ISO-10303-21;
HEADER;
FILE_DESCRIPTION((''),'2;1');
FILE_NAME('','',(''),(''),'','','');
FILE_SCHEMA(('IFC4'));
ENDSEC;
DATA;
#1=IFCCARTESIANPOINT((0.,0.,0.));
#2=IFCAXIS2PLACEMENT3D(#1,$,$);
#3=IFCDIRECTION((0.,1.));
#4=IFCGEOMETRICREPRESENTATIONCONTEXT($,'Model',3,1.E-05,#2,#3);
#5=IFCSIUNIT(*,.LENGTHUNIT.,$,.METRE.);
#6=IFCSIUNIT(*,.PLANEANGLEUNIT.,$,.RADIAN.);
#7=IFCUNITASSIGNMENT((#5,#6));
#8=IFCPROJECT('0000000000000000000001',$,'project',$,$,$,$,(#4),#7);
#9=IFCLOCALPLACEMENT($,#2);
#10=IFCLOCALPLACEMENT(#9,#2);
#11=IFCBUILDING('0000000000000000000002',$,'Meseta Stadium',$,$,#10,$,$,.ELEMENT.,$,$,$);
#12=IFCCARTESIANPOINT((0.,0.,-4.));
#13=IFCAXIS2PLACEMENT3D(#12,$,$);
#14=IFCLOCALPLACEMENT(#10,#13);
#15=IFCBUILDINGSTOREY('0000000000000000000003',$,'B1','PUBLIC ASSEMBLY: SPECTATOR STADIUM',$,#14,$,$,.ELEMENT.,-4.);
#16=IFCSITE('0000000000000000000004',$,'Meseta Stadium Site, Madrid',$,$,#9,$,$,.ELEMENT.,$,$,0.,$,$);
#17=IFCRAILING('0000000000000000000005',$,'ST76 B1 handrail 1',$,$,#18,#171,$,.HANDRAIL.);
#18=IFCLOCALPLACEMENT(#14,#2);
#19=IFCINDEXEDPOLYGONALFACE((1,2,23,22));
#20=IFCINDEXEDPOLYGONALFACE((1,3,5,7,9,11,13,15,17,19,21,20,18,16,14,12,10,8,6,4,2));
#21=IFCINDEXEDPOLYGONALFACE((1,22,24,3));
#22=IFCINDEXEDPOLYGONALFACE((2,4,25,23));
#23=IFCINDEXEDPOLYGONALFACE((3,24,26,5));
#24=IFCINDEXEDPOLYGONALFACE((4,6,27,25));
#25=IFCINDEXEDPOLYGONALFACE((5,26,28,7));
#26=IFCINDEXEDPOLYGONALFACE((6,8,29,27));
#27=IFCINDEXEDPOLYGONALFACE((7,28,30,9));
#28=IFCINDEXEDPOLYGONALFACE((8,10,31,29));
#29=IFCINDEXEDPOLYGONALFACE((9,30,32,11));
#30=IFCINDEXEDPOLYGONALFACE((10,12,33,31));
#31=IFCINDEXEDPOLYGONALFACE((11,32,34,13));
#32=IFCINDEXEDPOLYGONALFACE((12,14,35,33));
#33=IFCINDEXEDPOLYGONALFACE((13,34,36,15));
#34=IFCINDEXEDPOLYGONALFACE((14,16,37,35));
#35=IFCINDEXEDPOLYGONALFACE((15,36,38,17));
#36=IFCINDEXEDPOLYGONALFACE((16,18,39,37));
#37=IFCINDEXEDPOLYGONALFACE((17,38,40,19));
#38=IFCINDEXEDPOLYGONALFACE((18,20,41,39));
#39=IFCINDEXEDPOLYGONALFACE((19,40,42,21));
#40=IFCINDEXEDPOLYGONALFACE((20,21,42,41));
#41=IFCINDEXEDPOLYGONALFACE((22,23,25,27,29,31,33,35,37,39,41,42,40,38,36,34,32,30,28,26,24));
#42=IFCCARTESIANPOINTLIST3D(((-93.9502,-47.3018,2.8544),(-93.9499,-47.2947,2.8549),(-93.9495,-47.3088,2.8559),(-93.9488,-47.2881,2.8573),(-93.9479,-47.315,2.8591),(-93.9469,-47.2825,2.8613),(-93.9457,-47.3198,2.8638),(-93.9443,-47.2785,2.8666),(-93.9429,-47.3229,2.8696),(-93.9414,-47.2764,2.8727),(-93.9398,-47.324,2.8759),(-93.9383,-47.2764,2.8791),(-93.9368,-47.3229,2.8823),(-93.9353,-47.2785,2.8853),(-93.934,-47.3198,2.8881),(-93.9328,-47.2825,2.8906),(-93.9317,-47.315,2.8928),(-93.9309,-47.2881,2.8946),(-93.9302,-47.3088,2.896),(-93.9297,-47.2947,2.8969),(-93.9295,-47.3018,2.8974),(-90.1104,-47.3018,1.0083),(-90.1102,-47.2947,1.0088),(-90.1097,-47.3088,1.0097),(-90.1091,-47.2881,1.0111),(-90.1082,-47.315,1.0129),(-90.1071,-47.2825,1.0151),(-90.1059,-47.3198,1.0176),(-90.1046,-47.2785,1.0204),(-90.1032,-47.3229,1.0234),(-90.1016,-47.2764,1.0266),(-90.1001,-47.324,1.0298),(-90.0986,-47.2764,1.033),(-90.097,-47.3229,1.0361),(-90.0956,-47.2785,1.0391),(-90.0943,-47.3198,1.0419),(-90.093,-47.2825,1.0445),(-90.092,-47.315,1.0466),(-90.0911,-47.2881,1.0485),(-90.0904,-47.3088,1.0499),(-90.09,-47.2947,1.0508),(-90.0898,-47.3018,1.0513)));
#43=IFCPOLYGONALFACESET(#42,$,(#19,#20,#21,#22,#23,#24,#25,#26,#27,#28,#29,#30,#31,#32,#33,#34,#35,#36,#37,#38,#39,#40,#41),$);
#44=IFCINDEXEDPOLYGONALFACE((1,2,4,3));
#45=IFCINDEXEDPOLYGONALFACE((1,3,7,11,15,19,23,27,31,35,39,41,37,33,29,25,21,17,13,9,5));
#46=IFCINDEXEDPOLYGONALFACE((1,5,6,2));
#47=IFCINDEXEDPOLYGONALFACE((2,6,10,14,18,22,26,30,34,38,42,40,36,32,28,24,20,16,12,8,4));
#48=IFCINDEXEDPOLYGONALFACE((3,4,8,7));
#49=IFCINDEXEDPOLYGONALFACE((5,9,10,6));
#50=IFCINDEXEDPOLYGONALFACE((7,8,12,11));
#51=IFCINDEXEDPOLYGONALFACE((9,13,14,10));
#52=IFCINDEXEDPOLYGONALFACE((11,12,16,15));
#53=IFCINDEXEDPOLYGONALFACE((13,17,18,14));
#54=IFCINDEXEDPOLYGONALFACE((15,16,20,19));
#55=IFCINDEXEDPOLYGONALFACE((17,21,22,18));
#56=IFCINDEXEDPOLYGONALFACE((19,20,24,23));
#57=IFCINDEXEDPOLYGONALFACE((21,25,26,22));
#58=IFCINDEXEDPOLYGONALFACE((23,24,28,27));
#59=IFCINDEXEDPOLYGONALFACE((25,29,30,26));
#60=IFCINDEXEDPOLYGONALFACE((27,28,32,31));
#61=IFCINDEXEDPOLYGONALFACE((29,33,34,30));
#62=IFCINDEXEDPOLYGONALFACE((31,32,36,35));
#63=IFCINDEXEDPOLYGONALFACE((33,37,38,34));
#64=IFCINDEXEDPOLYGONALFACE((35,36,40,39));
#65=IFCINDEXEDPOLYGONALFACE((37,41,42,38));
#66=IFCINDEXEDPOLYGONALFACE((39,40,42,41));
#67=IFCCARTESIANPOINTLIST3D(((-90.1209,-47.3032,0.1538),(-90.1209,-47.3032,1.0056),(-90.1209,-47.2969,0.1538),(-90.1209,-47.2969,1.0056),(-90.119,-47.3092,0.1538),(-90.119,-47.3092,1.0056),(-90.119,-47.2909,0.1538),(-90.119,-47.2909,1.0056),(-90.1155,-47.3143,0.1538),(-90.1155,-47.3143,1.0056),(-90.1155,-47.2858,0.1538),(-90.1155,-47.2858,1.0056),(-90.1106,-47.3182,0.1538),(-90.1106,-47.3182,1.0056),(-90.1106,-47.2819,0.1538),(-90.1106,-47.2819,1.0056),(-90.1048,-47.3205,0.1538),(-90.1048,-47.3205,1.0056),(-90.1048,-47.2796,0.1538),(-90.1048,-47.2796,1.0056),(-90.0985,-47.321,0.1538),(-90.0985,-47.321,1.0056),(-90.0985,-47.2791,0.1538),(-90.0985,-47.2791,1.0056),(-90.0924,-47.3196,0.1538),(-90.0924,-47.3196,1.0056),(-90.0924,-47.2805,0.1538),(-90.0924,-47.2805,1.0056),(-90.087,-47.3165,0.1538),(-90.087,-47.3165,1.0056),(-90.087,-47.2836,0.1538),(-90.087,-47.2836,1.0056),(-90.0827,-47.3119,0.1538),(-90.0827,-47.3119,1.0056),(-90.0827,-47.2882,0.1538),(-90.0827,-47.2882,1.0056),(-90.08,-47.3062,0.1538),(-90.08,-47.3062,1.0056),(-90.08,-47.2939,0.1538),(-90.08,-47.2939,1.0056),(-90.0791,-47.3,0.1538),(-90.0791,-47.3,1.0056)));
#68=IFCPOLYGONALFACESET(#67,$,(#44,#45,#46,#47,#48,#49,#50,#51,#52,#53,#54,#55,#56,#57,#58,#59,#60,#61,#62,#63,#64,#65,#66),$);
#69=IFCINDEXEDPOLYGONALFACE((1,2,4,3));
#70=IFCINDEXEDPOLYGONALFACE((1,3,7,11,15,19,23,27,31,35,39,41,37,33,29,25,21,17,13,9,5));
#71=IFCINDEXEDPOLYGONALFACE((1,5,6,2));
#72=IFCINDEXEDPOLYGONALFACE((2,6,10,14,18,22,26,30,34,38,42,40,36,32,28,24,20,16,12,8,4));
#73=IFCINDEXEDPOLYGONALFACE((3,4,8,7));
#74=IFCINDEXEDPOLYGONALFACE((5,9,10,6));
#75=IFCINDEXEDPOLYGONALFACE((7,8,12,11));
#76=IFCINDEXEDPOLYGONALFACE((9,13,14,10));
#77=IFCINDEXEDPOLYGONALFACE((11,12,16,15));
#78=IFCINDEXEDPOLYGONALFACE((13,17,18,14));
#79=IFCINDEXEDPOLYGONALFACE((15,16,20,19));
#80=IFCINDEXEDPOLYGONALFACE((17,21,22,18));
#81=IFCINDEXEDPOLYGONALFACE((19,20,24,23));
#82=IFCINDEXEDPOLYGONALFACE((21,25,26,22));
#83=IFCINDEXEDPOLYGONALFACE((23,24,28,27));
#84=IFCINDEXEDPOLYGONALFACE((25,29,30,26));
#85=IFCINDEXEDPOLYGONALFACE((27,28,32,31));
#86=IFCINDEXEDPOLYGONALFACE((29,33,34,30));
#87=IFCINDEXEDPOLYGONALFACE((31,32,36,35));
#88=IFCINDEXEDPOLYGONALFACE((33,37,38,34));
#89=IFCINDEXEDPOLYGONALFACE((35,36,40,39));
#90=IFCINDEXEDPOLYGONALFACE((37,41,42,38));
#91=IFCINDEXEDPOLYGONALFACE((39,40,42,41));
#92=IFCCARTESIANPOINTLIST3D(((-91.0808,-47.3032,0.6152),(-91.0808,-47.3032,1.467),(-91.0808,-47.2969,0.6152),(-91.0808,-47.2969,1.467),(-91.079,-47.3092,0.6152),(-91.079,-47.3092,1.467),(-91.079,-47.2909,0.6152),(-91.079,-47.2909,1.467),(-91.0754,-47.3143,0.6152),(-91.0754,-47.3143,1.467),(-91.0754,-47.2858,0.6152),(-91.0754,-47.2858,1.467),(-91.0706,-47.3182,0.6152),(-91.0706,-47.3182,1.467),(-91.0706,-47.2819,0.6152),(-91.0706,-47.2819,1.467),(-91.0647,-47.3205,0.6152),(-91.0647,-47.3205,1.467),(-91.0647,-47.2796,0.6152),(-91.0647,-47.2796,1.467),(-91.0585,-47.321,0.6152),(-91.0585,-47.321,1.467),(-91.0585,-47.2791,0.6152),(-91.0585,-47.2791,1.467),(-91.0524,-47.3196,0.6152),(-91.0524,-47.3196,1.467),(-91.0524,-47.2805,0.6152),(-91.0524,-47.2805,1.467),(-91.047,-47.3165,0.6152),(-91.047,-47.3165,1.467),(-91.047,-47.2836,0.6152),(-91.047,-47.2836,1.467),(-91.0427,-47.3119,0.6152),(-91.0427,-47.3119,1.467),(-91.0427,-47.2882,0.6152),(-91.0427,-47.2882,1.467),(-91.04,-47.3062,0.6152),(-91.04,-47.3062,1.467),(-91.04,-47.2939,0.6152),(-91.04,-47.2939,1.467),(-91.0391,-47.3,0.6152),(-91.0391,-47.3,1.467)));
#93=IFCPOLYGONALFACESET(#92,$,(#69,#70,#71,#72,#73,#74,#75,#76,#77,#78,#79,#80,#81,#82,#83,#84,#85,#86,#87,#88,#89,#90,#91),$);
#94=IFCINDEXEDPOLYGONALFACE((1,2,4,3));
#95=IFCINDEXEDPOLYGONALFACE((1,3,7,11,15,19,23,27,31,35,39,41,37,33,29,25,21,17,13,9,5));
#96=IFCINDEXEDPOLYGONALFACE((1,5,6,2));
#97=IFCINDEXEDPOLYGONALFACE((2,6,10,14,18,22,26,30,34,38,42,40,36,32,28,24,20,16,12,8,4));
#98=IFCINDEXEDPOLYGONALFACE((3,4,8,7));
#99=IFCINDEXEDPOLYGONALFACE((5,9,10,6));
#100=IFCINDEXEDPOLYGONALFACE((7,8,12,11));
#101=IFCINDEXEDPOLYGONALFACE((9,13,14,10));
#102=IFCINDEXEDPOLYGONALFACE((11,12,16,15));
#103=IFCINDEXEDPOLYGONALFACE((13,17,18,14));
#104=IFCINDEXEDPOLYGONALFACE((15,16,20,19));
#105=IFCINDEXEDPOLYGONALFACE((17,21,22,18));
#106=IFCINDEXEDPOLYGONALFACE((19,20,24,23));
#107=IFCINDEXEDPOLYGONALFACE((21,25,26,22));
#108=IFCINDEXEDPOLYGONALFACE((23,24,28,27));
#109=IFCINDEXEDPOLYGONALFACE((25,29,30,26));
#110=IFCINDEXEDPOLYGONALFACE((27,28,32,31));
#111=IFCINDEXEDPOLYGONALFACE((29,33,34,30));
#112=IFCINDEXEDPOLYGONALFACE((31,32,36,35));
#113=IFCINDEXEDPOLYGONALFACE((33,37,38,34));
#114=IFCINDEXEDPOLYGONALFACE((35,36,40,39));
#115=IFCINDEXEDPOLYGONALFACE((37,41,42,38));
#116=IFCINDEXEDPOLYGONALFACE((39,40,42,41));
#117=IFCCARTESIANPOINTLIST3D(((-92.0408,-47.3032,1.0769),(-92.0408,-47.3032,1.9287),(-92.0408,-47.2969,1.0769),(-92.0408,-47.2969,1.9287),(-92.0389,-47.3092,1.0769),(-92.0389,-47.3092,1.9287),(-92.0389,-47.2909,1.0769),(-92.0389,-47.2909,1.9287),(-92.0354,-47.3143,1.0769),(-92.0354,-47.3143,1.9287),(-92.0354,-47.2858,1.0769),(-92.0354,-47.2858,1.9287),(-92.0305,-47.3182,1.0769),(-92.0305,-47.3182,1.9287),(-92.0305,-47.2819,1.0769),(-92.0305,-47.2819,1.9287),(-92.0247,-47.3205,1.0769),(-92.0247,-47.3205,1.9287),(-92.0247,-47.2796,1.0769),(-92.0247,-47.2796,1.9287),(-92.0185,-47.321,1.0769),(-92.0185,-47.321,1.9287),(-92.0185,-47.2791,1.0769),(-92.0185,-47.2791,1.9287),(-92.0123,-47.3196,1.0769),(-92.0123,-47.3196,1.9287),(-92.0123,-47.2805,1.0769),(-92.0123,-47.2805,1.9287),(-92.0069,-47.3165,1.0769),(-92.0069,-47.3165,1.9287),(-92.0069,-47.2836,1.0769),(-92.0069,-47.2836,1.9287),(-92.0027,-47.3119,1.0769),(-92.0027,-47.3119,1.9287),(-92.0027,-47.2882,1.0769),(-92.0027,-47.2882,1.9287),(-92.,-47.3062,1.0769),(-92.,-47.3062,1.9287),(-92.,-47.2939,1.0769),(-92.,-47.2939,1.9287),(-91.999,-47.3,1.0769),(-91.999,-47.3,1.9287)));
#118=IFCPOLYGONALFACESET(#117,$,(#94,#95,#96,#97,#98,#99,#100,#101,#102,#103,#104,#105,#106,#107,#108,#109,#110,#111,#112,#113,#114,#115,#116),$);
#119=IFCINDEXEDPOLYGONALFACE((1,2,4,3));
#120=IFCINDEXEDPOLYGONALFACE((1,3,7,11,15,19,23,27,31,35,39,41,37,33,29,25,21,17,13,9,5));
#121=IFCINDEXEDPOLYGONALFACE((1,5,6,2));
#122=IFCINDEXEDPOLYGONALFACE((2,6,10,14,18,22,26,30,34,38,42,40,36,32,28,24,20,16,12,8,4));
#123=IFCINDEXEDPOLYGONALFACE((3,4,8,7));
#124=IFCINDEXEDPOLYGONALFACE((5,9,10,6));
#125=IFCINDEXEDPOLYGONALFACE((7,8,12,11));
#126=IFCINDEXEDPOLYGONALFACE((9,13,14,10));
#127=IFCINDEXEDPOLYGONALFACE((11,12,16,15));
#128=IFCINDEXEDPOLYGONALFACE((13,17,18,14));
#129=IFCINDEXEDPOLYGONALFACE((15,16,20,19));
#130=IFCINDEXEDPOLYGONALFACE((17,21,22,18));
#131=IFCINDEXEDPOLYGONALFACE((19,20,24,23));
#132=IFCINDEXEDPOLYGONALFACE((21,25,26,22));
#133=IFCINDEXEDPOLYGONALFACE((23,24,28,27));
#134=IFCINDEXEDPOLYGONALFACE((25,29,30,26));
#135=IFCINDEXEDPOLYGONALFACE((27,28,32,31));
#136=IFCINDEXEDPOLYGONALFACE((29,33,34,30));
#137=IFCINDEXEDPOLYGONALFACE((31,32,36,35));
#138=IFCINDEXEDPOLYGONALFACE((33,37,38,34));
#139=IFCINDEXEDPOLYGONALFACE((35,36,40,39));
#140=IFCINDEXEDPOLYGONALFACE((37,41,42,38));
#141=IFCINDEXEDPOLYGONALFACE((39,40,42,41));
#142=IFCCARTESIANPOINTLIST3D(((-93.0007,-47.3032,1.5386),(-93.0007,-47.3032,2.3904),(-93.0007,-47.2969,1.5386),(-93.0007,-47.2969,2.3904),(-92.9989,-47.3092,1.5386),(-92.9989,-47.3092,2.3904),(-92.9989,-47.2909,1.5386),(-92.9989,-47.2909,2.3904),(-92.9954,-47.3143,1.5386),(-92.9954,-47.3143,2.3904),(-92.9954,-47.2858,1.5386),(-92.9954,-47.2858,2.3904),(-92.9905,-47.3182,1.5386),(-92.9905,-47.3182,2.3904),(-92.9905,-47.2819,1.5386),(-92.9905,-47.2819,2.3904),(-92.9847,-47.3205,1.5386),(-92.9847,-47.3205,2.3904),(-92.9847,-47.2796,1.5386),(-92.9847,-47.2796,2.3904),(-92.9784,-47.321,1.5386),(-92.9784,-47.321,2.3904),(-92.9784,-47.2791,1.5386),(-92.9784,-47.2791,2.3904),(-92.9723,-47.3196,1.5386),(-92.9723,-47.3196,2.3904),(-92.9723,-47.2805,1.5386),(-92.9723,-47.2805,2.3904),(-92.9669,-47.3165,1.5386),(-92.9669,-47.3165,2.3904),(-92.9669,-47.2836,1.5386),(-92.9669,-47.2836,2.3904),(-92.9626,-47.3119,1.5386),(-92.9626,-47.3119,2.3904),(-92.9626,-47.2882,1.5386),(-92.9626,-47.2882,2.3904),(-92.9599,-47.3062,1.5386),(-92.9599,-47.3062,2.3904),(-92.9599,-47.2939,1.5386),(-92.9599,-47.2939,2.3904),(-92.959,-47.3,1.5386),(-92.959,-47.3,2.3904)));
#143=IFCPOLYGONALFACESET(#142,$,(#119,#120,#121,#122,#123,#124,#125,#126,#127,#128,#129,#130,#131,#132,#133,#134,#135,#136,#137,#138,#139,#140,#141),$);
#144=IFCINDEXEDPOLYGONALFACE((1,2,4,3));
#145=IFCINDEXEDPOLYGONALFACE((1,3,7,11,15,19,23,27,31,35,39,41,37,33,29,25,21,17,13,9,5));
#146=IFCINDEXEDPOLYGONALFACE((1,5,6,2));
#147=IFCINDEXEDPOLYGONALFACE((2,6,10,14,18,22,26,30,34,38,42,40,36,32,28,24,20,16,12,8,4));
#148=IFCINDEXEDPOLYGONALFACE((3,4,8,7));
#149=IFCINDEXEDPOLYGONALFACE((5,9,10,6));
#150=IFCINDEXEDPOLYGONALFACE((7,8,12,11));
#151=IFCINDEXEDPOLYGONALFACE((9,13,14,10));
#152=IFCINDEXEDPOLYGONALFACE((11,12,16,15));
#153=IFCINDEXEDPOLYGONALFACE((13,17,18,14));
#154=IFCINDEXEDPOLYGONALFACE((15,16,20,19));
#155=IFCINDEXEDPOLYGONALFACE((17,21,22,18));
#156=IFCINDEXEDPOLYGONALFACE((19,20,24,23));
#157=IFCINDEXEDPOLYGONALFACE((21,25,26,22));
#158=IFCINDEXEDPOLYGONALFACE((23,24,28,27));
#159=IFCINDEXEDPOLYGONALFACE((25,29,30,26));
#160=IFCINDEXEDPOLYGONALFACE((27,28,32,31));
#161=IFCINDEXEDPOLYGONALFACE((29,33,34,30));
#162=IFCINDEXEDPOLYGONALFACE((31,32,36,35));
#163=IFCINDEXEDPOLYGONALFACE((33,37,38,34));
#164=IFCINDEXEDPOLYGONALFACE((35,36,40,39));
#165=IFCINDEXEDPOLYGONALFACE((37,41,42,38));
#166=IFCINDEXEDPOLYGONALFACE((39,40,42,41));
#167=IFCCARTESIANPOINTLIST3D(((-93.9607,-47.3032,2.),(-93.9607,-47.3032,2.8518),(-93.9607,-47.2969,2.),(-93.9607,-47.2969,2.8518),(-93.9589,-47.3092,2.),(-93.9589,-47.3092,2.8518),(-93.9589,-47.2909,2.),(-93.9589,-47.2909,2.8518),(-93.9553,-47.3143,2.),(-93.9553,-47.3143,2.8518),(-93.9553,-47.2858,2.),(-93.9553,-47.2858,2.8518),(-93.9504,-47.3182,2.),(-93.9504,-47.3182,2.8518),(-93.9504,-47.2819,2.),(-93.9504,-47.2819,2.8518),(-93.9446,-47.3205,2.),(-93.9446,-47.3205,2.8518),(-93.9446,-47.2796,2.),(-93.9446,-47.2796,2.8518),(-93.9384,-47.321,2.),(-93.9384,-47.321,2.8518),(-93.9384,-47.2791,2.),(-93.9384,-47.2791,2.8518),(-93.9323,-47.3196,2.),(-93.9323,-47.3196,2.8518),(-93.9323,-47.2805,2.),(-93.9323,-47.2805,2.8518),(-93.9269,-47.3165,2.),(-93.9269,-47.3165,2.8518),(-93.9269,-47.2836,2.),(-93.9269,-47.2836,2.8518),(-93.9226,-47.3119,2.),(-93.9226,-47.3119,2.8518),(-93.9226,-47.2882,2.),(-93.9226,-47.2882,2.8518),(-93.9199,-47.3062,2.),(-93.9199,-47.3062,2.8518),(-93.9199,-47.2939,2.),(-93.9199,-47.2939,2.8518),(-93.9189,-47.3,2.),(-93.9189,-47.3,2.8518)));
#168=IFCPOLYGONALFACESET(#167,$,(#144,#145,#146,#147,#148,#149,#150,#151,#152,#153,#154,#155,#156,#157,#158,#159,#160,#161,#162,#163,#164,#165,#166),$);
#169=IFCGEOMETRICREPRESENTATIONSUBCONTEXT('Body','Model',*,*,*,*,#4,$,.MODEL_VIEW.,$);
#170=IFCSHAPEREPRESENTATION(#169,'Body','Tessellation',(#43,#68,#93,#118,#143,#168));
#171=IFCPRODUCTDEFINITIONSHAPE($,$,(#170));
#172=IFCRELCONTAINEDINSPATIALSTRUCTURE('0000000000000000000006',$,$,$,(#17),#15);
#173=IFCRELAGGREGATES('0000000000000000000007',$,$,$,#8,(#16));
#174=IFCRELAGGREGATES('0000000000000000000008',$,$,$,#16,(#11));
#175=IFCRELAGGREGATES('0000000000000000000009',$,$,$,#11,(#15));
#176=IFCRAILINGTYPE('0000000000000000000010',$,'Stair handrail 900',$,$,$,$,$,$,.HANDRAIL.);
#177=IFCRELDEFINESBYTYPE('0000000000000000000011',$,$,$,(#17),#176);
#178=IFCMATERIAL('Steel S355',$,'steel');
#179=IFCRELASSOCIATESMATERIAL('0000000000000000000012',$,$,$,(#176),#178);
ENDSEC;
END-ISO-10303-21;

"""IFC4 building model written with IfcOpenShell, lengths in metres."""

from ifc_helpers import new_model, si_unit, direction, frame, origin, origin_2d, place, context, subcontext, project, spatial, circle, extrude, material, type_object, element, save


model = new_model("IFC4")

# Units and contexts
model_context = context("Model", 3, precision=1e-05, world=origin(), true_north=direction((0.0, 1.0)))
body_context = subcontext(model_context, "Body", "Model", "MODEL_VIEW")
ifc_project = project(units=[si_unit("LENGTHUNIT", "METRE"), si_unit("PLANEANGLEUNIT", "RADIAN")], contexts=[model_context])

# Site, building, storey
site_placement = place(None, origin())
site = spatial("IfcSite", under=ifc_project, at=site_placement, Name="Meseta Stadium Site, Madrid", CompositionType="ELEMENT", RefElevation=0.0)
building_placement = place(site_placement, origin())
building = spatial("IfcBuilding", under=site, at=building_placement, Name="Meseta Stadium", CompositionType="ELEMENT")
storey_placement = place(building_placement, frame((0.0, 0.0, -4.0)))
storey = spatial("IfcBuildingStorey", under=building, at=storey_placement, Name="B1", Description="PUBLIC ASSEMBLY: SPECTATOR STADIUM", CompositionType="ELEMENT", Elevation=-4.0)

# Railing
ifc_material_1 = material(Name="Steel S355", Category="steel")
railing_type_1 = type_object("IfcRailingType", Name="Stair handrail 900", PredefinedType="HANDRAIL", material=ifc_material_1)
railing_1_placement = place(storey_placement, frame((-90.1001, -47.3, 0.1538)))
element("IfcRailing", 1, at=railing_1_placement, inside=storey, type_object=railing_type_1, Name="ST76 B1 handrail 1", PredefinedType="HANDRAIL", context=body_context, shape_type="SweptSolid", body=[
    extrude(circle(Radius=0.0239, at=origin_2d()), frame((0.0, 0.0, 0.876), z_axis=(-0.901242, 0.0, 0.433316), x_axis=(0.0, -1.0, 0.0)), (0.0, 0.0, 1.0), 4.2605),
    extrude(circle(Radius=0.021, at=origin_2d()), origin(), (0.0, 0.0, 1.0), 0.8518),
    extrude(circle(Radius=0.021, at=origin_2d()), frame((-0.96, 0.0, 0.4614)), (0.0, 0.0, 1.0), 0.8518),
    extrude(circle(Radius=0.021, at=origin_2d()), frame((-1.9199, 0.0, 0.9231)), (0.0, 0.0, 1.0), 0.8518),
    extrude(circle(Radius=0.021, at=origin_2d()), frame((-2.8799, 0.0, 1.3848)), (0.0, 0.0, 1.0), 0.8518),
    extrude(circle(Radius=0.021, at=origin_2d()), frame((-3.8398, 0.0, 1.8462)), (0.0, 0.0, 1.0), 0.8518),
])

save(model, "model.ifc")
